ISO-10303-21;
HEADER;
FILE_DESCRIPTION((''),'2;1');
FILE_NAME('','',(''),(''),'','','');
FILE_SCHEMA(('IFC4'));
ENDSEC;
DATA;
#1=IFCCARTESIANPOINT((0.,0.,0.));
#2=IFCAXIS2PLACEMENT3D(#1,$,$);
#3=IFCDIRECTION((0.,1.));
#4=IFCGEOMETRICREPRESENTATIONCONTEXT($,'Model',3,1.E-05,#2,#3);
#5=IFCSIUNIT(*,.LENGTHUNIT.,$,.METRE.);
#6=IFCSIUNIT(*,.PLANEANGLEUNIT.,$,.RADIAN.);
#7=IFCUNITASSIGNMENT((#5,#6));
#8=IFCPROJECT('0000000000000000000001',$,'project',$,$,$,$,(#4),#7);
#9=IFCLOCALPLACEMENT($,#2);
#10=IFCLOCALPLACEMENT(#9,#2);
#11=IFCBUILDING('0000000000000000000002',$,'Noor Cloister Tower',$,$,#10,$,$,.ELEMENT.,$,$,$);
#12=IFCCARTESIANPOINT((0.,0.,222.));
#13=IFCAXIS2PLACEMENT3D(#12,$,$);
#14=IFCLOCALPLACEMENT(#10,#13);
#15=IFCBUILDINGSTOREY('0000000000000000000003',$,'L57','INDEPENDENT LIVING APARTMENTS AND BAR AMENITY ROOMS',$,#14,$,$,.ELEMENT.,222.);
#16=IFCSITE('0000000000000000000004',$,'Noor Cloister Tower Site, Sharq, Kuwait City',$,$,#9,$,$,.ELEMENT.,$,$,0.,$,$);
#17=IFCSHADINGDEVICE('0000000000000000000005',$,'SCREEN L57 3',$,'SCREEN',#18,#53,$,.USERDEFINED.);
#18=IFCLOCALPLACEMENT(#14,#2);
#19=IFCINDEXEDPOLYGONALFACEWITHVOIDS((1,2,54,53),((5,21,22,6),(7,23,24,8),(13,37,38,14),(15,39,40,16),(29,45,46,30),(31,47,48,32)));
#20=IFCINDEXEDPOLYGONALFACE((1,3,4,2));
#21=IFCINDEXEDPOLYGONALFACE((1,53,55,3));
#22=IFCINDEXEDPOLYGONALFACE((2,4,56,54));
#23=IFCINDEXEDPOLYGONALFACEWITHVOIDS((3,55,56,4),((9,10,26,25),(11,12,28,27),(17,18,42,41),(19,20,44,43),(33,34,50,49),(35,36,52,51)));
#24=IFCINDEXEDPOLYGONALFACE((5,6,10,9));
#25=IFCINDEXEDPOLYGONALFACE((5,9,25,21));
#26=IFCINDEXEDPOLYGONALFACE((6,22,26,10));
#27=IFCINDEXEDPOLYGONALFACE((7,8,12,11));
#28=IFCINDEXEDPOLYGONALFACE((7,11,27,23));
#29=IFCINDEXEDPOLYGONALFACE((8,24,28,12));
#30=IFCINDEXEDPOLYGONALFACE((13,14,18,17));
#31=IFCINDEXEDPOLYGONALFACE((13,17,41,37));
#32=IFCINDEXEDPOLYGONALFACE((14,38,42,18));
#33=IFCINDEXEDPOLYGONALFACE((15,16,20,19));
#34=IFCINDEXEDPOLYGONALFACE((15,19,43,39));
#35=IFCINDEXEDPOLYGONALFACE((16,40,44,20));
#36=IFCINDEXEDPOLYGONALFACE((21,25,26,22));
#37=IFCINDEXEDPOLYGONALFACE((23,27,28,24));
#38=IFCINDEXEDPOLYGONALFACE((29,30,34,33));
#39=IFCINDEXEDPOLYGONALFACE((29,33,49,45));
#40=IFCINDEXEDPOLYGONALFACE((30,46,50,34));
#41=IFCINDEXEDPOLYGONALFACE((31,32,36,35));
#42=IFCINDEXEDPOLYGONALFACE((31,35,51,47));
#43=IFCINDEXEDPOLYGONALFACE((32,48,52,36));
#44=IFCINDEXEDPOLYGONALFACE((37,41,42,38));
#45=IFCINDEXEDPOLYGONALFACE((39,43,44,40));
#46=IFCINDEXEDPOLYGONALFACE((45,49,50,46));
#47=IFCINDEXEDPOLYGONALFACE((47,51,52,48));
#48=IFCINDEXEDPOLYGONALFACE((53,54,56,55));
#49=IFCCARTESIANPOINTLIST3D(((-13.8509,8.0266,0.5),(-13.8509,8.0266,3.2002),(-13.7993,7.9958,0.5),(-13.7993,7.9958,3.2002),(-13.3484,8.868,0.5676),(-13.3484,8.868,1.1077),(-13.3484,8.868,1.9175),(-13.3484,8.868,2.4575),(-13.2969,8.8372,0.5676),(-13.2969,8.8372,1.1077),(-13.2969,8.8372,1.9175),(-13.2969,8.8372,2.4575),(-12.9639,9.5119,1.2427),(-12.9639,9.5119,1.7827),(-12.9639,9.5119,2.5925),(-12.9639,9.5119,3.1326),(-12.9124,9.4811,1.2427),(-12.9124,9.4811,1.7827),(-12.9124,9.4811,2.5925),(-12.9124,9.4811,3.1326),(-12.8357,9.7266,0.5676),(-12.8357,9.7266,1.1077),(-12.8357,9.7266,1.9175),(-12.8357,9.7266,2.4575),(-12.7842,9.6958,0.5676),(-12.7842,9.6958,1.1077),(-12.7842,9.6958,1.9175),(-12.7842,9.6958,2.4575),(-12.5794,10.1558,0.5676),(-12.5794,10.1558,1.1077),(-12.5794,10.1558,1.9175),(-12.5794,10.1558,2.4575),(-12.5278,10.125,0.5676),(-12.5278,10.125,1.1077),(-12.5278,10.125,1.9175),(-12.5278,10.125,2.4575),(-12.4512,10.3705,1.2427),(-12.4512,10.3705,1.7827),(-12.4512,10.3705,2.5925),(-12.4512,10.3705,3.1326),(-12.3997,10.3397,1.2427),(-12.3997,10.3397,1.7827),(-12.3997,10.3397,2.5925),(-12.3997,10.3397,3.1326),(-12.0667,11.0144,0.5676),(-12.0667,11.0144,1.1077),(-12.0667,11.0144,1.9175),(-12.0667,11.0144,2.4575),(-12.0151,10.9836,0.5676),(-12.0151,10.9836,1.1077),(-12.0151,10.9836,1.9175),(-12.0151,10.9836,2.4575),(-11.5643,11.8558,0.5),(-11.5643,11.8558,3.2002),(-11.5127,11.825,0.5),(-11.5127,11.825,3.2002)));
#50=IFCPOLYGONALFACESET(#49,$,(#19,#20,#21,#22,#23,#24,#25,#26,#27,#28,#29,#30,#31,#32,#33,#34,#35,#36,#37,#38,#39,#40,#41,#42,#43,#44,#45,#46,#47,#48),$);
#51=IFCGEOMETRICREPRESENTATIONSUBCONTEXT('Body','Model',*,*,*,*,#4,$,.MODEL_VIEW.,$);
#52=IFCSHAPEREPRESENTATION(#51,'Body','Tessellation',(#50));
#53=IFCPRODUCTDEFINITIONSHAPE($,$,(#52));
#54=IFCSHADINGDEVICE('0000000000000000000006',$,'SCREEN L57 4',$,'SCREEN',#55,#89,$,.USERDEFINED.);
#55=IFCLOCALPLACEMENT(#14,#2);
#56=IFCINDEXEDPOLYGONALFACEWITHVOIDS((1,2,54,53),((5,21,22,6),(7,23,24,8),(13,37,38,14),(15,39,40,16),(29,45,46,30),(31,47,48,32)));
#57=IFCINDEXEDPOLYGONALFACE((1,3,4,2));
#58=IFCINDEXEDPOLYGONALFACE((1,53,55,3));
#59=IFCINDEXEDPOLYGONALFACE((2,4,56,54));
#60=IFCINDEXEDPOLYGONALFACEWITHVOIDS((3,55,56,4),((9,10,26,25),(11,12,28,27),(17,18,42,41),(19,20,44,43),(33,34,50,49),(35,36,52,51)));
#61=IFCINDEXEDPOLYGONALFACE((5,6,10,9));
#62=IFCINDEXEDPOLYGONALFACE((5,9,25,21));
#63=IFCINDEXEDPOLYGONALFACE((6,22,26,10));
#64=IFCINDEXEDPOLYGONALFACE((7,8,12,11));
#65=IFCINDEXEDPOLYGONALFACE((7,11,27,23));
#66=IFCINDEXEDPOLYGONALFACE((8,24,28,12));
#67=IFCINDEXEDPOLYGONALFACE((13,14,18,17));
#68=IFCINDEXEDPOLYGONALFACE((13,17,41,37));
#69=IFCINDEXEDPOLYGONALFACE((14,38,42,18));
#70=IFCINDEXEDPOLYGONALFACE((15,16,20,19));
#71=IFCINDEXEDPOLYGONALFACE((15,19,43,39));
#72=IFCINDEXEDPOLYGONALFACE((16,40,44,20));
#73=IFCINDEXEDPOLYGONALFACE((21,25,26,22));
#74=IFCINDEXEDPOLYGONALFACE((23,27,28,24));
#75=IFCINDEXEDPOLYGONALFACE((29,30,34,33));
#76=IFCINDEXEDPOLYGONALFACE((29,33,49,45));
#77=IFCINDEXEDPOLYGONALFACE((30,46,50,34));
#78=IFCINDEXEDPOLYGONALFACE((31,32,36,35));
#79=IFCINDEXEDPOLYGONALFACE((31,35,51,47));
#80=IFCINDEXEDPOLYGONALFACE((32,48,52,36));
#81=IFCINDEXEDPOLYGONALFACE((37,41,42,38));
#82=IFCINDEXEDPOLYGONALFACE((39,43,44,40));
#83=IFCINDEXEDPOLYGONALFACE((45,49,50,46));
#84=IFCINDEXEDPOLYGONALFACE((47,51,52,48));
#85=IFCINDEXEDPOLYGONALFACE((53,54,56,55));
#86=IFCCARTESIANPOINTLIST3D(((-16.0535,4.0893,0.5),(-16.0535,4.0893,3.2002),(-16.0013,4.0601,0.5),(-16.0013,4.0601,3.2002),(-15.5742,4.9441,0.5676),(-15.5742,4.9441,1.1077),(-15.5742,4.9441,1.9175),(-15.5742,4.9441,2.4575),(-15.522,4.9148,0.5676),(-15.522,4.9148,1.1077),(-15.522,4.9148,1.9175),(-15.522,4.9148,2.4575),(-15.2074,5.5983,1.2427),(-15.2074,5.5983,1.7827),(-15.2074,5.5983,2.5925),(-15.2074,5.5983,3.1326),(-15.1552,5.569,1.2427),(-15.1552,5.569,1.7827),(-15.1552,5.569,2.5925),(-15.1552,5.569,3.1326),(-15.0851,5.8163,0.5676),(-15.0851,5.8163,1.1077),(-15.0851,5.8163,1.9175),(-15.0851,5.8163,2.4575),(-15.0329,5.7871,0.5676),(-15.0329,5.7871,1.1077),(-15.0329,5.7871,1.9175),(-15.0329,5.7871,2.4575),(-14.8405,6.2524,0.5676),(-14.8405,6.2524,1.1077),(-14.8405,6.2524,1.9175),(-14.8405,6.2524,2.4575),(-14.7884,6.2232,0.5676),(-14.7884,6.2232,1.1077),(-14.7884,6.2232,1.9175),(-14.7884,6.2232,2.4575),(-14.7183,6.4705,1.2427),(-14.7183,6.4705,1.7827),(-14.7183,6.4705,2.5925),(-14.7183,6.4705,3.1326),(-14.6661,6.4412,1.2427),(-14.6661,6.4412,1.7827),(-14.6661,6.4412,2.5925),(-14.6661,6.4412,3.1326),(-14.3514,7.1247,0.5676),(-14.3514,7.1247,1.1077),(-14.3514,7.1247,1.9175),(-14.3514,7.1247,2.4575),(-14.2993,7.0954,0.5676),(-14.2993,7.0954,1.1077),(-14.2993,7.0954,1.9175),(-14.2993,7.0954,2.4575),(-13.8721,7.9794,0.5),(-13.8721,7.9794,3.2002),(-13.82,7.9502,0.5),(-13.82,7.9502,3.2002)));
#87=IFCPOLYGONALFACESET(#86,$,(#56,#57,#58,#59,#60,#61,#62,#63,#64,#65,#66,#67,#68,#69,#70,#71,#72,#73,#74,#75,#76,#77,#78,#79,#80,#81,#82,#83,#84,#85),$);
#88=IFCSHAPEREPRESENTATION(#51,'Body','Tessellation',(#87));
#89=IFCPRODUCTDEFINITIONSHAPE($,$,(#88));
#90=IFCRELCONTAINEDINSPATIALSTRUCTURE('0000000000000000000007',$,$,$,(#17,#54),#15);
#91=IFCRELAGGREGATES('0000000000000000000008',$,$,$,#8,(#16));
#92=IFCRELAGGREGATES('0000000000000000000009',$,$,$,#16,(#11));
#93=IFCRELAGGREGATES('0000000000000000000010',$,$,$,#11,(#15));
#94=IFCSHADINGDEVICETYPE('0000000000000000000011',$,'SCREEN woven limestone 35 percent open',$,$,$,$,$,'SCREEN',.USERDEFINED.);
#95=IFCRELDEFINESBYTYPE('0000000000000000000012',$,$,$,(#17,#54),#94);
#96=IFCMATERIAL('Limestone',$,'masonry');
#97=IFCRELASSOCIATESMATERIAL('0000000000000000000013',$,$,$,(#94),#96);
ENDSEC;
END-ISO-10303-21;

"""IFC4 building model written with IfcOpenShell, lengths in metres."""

from ifc_helpers import new_model, si_unit, direction, frame, origin, place, context, subcontext, project, spatial, polyline, outline, extrude, material, material_profile, profile_set, type_object, element, save


model = new_model("IFC4")

# Units and contexts
model_context = context("Model", 3, precision=1e-05, world=origin(), true_north=direction((0.0, 1.0)))
body_context = subcontext(model_context, "Body", "Model", "MODEL_VIEW")
ifc_project = project(units=[si_unit("LENGTHUNIT", "METRE"), si_unit("PLANEANGLEUNIT", "RADIAN")], contexts=[model_context])

# Site, building, storey
site_placement = place(None, origin())
site = spatial("IfcSite", under=ifc_project, at=site_placement, Name="Noor Cloister Tower Site, Sharq, Kuwait City", CompositionType="ELEMENT", RefElevation=0.0)
building_placement = place(site_placement, origin())
building = spatial("IfcBuilding", under=site, at=building_placement, Name="Noor Cloister Tower", CompositionType="ELEMENT")
storey_placement = place(building_placement, frame((0.0, 0.0, 222.0)))
storey = spatial("IfcBuildingStorey", under=building, at=storey_placement, Name="L57", Description="INDEPENDENT LIVING APARTMENTS AND BAR AMENITY ROOMS", CompositionType="ELEMENT", Elevation=222.0)

# Shading devices
ifc_material_1 = material(Name="Limestone", Category="masonry")
ifc_material_profile_1 = material_profile(ifc_material_1, outline(polyline([(-2.23, -1.3501), (2.23, -1.3501), (2.23, 1.3501), (-2.23, 1.3501), (-2.23, -1.3501)]), holes=[polyline([(-1.25, -1.2825), (-0.25, -1.2825), (-0.25, -0.7424), (-1.25, -0.7424), (-1.25, -1.2825)]), polyline([(0.25, -1.2825), (1.25, -1.2825), (1.25, -0.7424), (0.25, -0.7424), (0.25, -1.2825)]), polyline([(-0.5, -0.6074), (0.5, -0.6074), (0.5, -0.0674), (-0.5, -0.0674), (-0.5, -0.6074)]), polyline([(-1.25, 0.0674), (-0.25, 0.0674), (-0.25, 0.6074), (-1.25, 0.6074), (-1.25, 0.0674)]), polyline([(0.25, 0.0674), (1.25, 0.0674), (1.25, 0.6074), (0.25, 0.6074), (0.25, 0.0674)]), polyline([(-0.5, 0.7424), (0.5, 0.7424), (0.5, 1.2825), (-0.5, 1.2825), (-0.5, 0.7424)])]), Name="Woven screen 35 percent open")
ifc_profile_set_1 = profile_set([ifc_material_profile_1], Name="Limestone")
shading_device_type = type_object("IfcShadingDeviceType", Name="SCREEN woven limestone 35 percent open", ElementType="SCREEN", PredefinedType="USERDEFINED", material=ifc_profile_set_1)
shading_device_1_placement = place(storey_placement, frame((-12.656, 9.9104, 1.8501), z_axis=(-0.858568, 0.512699, 0.0), x_axis=(-0.512699, -0.858568, 0.0)))
element("IfcShadingDevice", 1, at=shading_device_1_placement, inside=storey, type_object=shading_device_type, Name="SCREEN L57 3", ObjectType="SCREEN", PredefinedType="USERDEFINED", context=body_context, shape_type="SweptSolid", body=[
    extrude(outline(polyline([(-2.23, -1.3501), (2.23, -1.3501), (2.23, 1.3501), (-2.23, 1.3501), (-2.23, -1.3501)]), holes=[polyline([(-1.25, -1.2825), (-0.25, -1.2825), (-0.25, -0.7424), (-1.25, -0.7424), (-1.25, -1.2825)]), polyline([(0.25, -1.2825), (1.25, -1.2825), (1.25, -0.7424), (0.25, -0.7424), (0.25, -1.2825)]), polyline([(-0.5, -0.6074), (0.5, -0.6074), (0.5, -0.0674), (-0.5, -0.0674), (-0.5, -0.6074)]), polyline([(-1.25, 0.0674), (-0.25, 0.0674), (-0.25, 0.6074), (-1.25, 0.6074), (-1.25, 0.0674)]), polyline([(0.25, 0.0674), (1.25, 0.0674), (1.25, 0.6074), (0.25, 0.6074), (0.25, 0.0674)]), polyline([(-0.5, 0.7424), (0.5, 0.7424), (0.5, 1.2825), (-0.5, 1.2825), (-0.5, 0.7424)])]), origin(), (0.0, 0.0, 1.0), 0.0601),
])
shading_device_2_placement = place(storey_placement, frame((-14.9106, 6.0051, 1.8501), z_axis=(-0.872228, 0.4891, 0.0), x_axis=(-0.4891, -0.872228, 0.0)))
element("IfcShadingDevice", 2, at=shading_device_2_placement, inside=storey, type_object=shading_device_type, Name="SCREEN L57 4", ObjectType="SCREEN", PredefinedType="USERDEFINED", context=body_context, shape_type="SweptSolid", body=[
    extrude(outline(polyline([(-2.23, -1.3501), (2.23, -1.3501), (2.23, 1.3501), (-2.23, 1.3501), (-2.23, -1.3501)]), holes=[polyline([(-1.25, -1.2825), (-0.25, -1.2825), (-0.25, -0.7424), (-1.25, -0.7424), (-1.25, -1.2825)]), polyline([(0.25, -1.2825), (1.25, -1.2825), (1.25, -0.7424), (0.25, -0.7424), (0.25, -1.2825)]), polyline([(-0.5, -0.6074), (0.5, -0.6074), (0.5, -0.0674), (-0.5, -0.0674), (-0.5, -0.6074)]), polyline([(-1.25, 0.0674), (-0.25, 0.0674), (-0.25, 0.6074), (-1.25, 0.6074), (-1.25, 0.0674)]), polyline([(0.25, 0.0674), (1.25, 0.0674), (1.25, 0.6074), (0.25, 0.6074), (0.25, 0.0674)]), polyline([(-0.5, 0.7424), (0.5, 0.7424), (0.5, 1.2825), (-0.5, 1.2825), (-0.5, 0.7424)])]), origin(), (0.0, 0.0, 1.0), 0.0598),
])

save(model, "model.ifc")
